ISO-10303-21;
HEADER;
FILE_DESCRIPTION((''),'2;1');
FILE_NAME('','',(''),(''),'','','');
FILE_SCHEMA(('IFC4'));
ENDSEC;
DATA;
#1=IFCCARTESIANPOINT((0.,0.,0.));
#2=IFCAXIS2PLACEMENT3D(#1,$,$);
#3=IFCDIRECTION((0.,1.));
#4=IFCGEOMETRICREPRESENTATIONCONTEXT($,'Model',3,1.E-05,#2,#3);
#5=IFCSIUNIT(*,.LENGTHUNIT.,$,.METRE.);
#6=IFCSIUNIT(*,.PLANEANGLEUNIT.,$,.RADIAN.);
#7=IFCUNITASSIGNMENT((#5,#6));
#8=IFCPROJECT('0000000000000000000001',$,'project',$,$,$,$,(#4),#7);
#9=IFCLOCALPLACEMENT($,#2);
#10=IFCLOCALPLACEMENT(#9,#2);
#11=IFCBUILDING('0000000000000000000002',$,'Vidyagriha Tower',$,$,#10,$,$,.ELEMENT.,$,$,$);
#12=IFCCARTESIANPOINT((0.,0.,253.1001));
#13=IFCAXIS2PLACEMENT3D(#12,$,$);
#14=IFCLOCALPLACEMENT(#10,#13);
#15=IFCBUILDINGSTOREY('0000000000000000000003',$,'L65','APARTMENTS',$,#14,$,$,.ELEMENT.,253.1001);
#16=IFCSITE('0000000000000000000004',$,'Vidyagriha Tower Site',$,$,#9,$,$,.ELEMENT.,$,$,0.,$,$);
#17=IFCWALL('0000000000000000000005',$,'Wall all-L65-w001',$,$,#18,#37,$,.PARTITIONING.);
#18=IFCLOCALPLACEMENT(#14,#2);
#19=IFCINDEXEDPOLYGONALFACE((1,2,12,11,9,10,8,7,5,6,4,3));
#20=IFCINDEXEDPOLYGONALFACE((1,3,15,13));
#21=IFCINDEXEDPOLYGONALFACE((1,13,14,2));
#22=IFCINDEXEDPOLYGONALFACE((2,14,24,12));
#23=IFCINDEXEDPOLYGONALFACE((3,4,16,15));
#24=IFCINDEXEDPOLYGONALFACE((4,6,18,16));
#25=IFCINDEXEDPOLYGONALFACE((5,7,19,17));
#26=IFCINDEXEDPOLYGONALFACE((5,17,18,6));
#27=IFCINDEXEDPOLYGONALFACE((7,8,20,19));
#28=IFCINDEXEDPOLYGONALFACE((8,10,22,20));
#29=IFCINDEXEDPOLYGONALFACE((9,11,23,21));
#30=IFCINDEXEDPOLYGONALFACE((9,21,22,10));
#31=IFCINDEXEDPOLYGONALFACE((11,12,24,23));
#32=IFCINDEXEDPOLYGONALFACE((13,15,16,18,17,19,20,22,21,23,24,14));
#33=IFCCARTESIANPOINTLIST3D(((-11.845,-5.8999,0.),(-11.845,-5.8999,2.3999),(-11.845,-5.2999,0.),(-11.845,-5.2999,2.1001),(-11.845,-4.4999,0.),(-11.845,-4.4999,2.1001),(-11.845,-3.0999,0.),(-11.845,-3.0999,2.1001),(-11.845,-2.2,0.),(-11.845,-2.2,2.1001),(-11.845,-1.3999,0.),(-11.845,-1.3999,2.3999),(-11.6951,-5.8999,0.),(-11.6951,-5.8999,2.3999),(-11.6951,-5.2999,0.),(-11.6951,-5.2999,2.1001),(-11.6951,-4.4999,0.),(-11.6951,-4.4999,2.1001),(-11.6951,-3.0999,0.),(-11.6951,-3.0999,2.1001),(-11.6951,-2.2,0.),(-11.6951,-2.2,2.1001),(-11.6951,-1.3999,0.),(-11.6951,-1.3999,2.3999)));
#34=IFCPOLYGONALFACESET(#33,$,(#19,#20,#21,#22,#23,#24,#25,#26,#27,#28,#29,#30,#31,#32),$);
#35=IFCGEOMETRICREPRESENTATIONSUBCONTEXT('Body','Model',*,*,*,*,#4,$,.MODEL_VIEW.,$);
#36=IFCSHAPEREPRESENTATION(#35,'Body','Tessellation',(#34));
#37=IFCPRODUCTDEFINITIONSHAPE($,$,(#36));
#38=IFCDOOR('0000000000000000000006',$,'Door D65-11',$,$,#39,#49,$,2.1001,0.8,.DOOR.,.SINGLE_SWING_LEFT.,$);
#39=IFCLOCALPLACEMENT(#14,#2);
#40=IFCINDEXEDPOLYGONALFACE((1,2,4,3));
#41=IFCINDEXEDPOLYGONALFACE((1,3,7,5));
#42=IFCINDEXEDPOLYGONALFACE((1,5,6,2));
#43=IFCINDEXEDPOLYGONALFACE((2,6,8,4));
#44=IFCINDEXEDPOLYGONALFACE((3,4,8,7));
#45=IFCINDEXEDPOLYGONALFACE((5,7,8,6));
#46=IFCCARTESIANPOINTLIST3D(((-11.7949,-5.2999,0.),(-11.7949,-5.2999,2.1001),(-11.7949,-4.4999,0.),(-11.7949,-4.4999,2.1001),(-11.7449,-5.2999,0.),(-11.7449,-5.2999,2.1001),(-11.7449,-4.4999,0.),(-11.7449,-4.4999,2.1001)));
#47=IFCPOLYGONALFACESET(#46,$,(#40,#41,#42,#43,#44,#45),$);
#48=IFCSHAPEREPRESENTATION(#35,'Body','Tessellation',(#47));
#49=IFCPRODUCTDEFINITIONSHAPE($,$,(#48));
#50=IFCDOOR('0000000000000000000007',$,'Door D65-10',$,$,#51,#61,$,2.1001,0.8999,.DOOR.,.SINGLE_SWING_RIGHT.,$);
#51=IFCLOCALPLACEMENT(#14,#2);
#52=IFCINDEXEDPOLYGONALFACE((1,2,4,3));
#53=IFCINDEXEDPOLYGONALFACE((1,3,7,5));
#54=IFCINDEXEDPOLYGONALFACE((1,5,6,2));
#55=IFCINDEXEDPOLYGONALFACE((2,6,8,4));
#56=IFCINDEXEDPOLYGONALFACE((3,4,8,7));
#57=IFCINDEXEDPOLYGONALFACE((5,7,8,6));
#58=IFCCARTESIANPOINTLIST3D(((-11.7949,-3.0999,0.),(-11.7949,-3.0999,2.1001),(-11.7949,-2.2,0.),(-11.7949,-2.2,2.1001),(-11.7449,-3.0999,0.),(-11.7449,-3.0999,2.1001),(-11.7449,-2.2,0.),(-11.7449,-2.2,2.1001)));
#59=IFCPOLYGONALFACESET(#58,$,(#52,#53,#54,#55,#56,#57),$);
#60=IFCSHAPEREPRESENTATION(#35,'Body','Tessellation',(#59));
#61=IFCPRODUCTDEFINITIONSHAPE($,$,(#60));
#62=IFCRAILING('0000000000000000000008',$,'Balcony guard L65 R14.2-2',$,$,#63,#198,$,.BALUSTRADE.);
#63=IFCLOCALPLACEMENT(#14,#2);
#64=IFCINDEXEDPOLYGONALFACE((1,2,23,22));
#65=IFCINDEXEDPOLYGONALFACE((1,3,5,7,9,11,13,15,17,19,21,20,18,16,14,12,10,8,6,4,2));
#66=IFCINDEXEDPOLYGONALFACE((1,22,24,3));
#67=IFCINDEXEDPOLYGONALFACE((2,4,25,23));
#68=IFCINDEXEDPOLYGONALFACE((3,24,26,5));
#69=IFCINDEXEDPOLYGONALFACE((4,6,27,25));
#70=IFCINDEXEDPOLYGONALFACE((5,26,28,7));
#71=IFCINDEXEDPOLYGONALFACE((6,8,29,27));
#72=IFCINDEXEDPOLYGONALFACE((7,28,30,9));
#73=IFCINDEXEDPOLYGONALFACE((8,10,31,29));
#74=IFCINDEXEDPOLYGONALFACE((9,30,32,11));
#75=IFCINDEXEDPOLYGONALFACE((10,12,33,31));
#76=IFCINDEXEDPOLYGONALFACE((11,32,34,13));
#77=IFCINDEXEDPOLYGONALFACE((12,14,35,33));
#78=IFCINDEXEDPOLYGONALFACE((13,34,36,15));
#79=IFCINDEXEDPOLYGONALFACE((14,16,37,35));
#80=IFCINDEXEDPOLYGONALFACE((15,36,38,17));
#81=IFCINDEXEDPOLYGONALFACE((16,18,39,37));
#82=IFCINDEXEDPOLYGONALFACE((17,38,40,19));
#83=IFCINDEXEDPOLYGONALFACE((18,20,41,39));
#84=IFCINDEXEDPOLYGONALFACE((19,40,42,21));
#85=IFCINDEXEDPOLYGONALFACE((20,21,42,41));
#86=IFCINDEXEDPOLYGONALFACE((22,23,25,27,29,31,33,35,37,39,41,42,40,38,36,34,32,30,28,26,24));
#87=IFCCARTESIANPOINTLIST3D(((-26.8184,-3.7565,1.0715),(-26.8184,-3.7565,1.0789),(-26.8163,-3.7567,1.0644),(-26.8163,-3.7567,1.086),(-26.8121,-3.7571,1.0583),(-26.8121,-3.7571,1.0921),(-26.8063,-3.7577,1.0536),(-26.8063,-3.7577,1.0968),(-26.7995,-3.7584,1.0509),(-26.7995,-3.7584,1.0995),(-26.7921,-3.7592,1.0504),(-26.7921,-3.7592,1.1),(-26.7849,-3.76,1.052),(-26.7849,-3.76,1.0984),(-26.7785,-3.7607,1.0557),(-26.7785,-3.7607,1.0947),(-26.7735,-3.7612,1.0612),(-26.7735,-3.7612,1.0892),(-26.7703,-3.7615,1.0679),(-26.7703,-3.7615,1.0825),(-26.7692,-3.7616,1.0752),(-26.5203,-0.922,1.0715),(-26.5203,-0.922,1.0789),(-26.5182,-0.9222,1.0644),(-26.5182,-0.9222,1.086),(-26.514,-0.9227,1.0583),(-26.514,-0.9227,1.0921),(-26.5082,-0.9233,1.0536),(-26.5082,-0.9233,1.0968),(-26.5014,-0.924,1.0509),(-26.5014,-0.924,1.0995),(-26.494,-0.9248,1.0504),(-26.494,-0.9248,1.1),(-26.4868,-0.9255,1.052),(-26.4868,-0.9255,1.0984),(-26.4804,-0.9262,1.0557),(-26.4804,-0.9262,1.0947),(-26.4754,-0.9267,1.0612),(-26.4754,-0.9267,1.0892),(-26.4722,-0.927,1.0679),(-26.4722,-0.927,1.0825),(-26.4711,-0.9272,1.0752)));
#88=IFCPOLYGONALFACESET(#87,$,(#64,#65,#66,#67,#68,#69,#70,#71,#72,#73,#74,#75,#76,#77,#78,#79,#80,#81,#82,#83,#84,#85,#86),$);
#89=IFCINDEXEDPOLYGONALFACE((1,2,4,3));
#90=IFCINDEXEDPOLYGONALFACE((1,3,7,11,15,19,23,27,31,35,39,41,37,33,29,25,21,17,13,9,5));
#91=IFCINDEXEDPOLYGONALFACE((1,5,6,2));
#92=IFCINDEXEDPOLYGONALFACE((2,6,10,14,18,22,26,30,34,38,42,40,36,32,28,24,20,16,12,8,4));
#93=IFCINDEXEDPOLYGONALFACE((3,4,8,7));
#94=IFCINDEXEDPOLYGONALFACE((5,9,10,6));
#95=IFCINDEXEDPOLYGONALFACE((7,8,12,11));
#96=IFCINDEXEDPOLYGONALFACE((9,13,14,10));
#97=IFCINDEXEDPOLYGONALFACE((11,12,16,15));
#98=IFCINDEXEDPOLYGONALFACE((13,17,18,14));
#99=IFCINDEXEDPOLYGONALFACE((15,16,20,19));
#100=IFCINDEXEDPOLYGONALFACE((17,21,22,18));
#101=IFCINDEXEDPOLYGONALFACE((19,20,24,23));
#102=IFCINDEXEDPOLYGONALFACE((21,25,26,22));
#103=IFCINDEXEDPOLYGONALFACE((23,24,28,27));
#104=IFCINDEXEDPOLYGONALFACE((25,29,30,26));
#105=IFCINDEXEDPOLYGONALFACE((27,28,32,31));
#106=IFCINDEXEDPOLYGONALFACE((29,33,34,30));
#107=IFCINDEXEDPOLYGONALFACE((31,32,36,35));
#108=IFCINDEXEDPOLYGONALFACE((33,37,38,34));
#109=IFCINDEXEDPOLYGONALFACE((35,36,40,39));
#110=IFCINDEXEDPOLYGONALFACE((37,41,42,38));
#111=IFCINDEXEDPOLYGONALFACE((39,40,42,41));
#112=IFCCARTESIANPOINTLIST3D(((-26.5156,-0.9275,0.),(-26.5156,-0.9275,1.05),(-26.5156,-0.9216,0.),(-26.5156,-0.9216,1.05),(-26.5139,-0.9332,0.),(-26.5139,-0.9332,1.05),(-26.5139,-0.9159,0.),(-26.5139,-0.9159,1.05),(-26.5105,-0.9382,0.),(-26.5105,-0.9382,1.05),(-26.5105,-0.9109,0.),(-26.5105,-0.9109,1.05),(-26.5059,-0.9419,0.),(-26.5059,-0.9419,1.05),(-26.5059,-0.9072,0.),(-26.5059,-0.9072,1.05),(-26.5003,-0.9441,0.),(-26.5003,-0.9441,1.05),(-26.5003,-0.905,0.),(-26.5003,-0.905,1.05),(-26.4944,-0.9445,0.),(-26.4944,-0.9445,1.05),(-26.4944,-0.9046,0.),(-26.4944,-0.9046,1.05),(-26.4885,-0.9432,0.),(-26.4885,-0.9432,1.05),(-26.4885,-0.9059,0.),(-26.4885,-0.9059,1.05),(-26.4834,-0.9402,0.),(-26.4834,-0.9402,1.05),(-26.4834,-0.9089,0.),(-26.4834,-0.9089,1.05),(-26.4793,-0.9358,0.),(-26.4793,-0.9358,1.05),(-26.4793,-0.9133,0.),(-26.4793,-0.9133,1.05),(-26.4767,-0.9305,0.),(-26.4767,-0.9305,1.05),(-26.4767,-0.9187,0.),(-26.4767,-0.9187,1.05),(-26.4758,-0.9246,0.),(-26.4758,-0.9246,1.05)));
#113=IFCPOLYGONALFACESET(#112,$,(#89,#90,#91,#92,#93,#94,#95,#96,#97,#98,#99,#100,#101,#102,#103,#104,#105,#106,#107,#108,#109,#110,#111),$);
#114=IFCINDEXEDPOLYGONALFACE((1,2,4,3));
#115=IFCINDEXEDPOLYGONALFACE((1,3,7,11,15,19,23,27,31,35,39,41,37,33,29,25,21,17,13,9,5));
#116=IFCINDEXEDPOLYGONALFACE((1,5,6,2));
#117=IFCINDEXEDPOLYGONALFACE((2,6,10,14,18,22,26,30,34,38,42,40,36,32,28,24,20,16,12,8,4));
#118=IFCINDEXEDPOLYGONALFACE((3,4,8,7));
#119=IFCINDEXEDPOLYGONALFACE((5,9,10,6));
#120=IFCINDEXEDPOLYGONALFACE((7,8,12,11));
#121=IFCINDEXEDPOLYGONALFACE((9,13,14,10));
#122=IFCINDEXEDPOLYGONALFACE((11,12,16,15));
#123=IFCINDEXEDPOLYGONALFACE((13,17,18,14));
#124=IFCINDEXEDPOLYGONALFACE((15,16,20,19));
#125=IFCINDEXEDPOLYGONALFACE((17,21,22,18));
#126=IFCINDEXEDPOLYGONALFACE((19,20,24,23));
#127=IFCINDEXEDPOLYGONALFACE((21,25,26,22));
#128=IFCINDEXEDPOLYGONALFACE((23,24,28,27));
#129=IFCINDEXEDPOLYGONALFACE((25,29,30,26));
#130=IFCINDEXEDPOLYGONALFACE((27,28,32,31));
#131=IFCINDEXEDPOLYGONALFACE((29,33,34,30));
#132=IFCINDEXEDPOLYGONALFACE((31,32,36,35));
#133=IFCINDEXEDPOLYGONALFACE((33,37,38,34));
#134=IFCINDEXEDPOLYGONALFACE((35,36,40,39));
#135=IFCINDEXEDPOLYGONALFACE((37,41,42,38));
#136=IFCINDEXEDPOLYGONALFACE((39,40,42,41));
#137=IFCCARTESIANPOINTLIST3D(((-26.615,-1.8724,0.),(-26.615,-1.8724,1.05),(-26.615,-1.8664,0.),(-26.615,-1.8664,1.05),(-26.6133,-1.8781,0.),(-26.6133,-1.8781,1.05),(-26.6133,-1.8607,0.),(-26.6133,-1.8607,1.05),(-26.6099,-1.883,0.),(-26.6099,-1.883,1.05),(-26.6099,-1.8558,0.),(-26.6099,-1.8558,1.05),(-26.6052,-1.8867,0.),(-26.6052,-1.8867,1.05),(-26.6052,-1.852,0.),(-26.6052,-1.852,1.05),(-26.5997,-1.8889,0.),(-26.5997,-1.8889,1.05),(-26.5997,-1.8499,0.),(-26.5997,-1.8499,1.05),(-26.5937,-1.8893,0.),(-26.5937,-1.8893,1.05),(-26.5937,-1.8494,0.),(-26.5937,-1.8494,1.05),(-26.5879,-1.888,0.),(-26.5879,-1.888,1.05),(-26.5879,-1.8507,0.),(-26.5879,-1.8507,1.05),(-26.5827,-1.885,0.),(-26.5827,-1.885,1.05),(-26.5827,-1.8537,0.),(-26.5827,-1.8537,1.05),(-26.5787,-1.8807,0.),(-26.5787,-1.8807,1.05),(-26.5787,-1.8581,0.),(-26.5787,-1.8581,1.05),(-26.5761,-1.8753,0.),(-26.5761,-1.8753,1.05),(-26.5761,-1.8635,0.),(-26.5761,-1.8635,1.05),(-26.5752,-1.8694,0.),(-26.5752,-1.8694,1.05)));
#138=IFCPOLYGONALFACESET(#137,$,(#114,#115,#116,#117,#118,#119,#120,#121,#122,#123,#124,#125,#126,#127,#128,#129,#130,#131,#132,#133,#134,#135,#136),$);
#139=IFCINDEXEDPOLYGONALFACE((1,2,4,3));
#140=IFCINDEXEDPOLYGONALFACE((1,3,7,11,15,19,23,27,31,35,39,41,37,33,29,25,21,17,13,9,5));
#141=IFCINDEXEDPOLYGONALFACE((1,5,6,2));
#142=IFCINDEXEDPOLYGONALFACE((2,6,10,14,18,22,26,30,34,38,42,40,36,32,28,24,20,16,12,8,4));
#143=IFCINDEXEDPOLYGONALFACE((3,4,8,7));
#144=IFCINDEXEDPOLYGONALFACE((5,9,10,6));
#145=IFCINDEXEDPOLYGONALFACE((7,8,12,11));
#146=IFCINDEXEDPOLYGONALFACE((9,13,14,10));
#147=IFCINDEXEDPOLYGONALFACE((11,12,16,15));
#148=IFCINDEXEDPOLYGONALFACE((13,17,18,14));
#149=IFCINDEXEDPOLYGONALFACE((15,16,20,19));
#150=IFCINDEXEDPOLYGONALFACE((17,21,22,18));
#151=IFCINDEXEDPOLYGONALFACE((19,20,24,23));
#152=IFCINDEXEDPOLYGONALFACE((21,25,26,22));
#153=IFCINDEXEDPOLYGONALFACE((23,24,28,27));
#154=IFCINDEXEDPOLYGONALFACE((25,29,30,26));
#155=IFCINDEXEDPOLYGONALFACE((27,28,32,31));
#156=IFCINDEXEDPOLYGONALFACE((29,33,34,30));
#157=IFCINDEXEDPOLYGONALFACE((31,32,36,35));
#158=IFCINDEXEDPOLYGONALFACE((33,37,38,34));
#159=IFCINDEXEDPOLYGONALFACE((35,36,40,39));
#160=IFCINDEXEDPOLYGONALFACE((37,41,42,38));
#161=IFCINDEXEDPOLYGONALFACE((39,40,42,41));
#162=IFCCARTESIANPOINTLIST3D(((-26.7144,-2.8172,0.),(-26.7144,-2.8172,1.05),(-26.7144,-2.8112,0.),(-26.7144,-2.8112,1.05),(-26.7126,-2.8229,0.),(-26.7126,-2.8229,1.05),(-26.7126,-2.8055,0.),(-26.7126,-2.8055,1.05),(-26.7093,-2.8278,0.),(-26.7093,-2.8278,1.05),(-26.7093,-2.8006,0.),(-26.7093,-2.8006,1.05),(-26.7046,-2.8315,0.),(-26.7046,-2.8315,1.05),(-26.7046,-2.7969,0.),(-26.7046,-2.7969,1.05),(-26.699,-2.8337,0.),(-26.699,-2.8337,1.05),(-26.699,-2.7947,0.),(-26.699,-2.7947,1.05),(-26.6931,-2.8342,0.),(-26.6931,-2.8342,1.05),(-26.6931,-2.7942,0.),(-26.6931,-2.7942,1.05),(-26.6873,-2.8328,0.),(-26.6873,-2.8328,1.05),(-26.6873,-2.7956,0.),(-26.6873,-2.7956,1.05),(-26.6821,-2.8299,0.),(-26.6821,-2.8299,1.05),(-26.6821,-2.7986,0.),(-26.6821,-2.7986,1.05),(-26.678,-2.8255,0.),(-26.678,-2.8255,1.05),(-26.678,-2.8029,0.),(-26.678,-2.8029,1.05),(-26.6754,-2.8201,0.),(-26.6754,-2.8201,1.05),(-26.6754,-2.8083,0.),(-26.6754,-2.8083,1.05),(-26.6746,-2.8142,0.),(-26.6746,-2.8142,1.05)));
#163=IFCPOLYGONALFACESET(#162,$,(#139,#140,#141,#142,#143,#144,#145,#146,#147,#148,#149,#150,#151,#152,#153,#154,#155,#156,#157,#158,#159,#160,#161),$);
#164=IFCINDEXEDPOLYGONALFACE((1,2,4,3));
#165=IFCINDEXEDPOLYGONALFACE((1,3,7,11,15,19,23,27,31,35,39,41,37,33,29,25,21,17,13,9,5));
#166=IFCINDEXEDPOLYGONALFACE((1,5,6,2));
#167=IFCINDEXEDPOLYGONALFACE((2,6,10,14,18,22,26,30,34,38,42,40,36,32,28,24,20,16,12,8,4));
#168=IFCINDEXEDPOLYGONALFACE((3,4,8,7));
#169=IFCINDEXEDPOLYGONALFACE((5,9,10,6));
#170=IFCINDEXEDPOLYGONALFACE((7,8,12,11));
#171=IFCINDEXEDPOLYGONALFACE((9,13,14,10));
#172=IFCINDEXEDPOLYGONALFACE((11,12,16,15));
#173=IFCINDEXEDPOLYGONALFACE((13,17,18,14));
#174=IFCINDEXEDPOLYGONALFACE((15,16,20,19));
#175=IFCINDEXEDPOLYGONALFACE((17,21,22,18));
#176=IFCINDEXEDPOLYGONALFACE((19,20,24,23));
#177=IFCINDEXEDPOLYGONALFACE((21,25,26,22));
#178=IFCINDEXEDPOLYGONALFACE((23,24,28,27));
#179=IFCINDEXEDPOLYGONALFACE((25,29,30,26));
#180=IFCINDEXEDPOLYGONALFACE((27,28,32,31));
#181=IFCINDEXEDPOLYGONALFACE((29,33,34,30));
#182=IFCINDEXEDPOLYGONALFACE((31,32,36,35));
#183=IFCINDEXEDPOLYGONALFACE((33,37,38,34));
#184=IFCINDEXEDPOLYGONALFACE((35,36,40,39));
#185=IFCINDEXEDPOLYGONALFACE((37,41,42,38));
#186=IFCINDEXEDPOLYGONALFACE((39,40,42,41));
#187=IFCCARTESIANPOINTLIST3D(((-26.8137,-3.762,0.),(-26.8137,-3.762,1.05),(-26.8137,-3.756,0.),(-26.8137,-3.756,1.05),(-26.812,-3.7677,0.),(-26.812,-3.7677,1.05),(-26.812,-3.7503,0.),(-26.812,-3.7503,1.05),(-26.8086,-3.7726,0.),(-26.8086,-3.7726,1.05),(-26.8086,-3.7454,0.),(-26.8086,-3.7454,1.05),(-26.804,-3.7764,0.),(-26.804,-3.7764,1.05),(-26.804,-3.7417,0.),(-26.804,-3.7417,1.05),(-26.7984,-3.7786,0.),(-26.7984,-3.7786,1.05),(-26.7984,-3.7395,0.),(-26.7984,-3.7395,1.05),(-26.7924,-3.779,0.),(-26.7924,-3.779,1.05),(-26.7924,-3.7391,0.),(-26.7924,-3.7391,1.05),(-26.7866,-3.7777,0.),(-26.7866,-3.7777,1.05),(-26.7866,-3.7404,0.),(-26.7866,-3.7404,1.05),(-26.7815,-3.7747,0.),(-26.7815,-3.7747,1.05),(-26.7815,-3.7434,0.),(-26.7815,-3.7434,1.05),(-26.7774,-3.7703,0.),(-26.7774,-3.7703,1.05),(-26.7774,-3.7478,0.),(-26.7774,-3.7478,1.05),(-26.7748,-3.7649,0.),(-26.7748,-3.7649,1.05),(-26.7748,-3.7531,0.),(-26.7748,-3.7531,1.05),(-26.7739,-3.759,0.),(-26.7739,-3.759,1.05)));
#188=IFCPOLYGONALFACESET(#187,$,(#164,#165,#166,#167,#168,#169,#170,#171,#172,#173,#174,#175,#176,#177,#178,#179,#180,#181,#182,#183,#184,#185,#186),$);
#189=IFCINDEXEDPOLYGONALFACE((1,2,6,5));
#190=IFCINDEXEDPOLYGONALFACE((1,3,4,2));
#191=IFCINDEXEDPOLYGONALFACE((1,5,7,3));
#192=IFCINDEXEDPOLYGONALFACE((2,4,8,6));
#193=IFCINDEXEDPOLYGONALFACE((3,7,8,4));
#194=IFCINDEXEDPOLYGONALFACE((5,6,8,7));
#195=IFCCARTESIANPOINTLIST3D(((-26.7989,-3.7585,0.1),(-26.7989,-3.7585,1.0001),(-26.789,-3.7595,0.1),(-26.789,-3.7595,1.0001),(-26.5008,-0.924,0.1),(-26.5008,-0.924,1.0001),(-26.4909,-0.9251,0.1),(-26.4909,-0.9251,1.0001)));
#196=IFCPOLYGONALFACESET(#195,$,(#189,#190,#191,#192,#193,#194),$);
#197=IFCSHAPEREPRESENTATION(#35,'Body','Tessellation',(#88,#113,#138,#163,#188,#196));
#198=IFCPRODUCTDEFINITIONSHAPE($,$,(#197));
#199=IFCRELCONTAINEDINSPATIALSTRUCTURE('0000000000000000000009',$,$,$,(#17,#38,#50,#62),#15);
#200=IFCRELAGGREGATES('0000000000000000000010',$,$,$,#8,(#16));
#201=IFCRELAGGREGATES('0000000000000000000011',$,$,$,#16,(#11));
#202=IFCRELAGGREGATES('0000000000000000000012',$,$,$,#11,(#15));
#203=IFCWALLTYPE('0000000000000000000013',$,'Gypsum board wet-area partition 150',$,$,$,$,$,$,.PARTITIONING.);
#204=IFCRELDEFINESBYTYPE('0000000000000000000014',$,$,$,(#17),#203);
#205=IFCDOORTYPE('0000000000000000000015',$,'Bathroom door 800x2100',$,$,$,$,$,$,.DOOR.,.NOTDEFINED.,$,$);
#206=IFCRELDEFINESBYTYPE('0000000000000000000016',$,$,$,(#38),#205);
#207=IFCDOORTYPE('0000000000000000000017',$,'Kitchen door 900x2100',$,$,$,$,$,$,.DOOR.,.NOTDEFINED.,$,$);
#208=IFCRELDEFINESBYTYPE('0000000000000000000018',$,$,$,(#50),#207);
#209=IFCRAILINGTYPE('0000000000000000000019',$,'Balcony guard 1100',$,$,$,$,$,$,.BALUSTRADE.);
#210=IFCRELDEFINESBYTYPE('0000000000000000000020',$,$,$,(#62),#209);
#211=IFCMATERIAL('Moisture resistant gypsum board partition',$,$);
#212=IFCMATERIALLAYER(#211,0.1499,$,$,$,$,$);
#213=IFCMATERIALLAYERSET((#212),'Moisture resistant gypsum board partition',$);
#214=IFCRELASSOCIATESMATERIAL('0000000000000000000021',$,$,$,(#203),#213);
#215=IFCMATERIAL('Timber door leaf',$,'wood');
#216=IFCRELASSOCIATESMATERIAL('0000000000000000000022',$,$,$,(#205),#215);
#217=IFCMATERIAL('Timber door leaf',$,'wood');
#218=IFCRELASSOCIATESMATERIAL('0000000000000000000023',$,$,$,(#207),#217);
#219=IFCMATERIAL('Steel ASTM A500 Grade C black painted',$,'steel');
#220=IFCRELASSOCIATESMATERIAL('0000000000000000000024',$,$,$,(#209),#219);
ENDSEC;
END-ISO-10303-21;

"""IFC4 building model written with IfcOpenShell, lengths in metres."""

from ifc_helpers import new_model, si_unit, direction, frame, frame_2d, origin, origin_2d, place, context, subcontext, project, spatial, rectangle, circle, extrude, material, layer, layer_set, type_object, element, fill, save


model = new_model("IFC4")

# Units and contexts
model_context = context("Model", 3, precision=1e-05, world=origin(), true_north=direction((0.0, 1.0)))
body_context = subcontext(model_context, "Body", "Model", "MODEL_VIEW")
ifc_project = project(units=[si_unit("LENGTHUNIT", "METRE"), si_unit("PLANEANGLEUNIT", "RADIAN")], contexts=[model_context])

# Site, building, storey
site_placement = place(None, origin())
site = spatial("IfcSite", under=ifc_project, at=site_placement, Name="Vidyagriha Tower Site", CompositionType="ELEMENT", RefElevation=0.0)
building_placement = place(site_placement, origin())
building = spatial("IfcBuilding", under=site, at=building_placement, Name="Vidyagriha Tower", CompositionType="ELEMENT")
storey_placement = place(building_placement, frame((0.0, 0.0, 253.1001)))
storey = spatial("IfcBuildingStorey", under=building, at=storey_placement, Name="L65", Description="APARTMENTS", CompositionType="ELEMENT", Elevation=253.1001)

# Wall, openings, doors
ifc_material_1 = material(Name="Moisture resistant gypsum board partition")
ifc_layer_1 = layer(ifc_material_1, 0.1499)
ifc_layer_set_1 = layer_set([ifc_layer_1], Name="Moisture resistant gypsum board partition")
wall_type_1 = type_object("IfcWallType", Name="Gypsum board wet-area partition 150", PredefinedType="PARTITIONING", material=ifc_layer_set_1)
wall_1_placement = place(storey_placement, frame((-11.77, -5.8999, 0.0), z_axis=(0.0, 0.0, 1.0), x_axis=(0.0, 1.0, 0.0)))
wall_1 = element("IfcWall", 1, at=wall_1_placement, inside=storey, type_object=wall_type_1, Name="Wall all-L65-w001", PredefinedType="PARTITIONING", context=body_context, shape_type="SweptSolid", body=[
    extrude(rectangle(XDim=4.5, YDim=0.1499, at=frame_2d((2.25, 0.0))), origin(), (0.0, 0.0, 1.0), 2.3999),
])
opening_1_placement = place(wall_1_placement, frame((2.8, 0.0, 0.0)))
opening_1 = element("IfcOpeningElement", 2, at=opening_1_placement, cuts=wall_1, PredefinedType="OPENING", context=body_context, shape_type="SweptSolid", body=[
    extrude(rectangle(XDim=0.8999, YDim=2.1001, at=frame_2d((0.45, 1.05))), frame((0.0, 0.085, 0.0), z_axis=(0.0, -1.0, 0.0), x_axis=(1.0, 0.0, 0.0)), (0.0, 0.0, 1.0), 0.1699),
])
opening_2_placement = place(wall_1_placement, frame((0.6001, 0.0, 0.0)))
opening_2 = element("IfcOpeningElement", 3, at=opening_2_placement, cuts=wall_1, PredefinedType="OPENING", context=body_context, shape_type="SweptSolid", body=[
    extrude(rectangle(XDim=0.8, YDim=2.1001, at=frame_2d((0.3999, 1.05))), frame((0.0, 0.085, 0.0), z_axis=(0.0, -1.0, 0.0), x_axis=(1.0, 0.0, 0.0)), (0.0, 0.0, 1.0), 0.1699),
])
ifc_material_2 = material(Name="Timber door leaf", Category="wood")
door_type_1 = type_object("IfcDoorType", Name="Bathroom door 800x2100", OperationType="NOTDEFINED", PredefinedType="DOOR", material=ifc_material_2)
door_1_placement = place(opening_2_placement, origin())
door_1 = element("IfcDoor", 4, at=door_1_placement, inside=storey, type_object=door_type_1, Name="Door D65-11", OperationType="SINGLE_SWING_LEFT", OverallHeight=2.1001, OverallWidth=0.8, PredefinedType="DOOR", context=body_context, shape_type="SweptSolid", body=[
    extrude(rectangle(XDim=0.8, YDim=2.1001, at=frame_2d((0.3999, 1.05))), frame((0.0, 0.0249, 0.0), z_axis=(0.0, -1.0, 0.0), x_axis=(1.0, 0.0, 0.0)), (0.0, 0.0, 1.0), 0.05),
])
fill(opening_2, door_1)
ifc_material_3 = material(Name="Timber door leaf", Category="wood")
door_type_2 = type_object("IfcDoorType", Name="Kitchen door 900x2100", OperationType="NOTDEFINED", PredefinedType="DOOR", material=ifc_material_3)
door_2_placement = place(opening_1_placement, origin())
door_2 = element("IfcDoor", 5, at=door_2_placement, inside=storey, type_object=door_type_2, Name="Door D65-10", OperationType="SINGLE_SWING_RIGHT", OverallHeight=2.1001, OverallWidth=0.8999, PredefinedType="DOOR", context=body_context, shape_type="SweptSolid", body=[
    extrude(rectangle(XDim=0.8999, YDim=2.1001, at=frame_2d((0.45, 1.05))), frame((0.0, 0.0249, 0.0), z_axis=(0.0, -1.0, 0.0), x_axis=(1.0, 0.0, 0.0)), (0.0, 0.0, 1.0), 0.05),
])
fill(opening_1, door_2)

# Railing
ifc_material_4 = material(Name="Steel ASTM A500 Grade C black painted", Category="steel")
railing_type_1 = type_object("IfcRailingType", Name="Balcony guard 1100", PredefinedType="BALUSTRADE", material=ifc_material_4)
railing_1_placement = place(storey_placement, frame((-26.4958, -0.9246, 0.0)))
element("IfcRailing", 6, at=railing_1_placement, inside=storey, type_object=railing_type_1, Name="Balcony guard L65 R14.2-2", PredefinedType="BALUSTRADE", context=body_context, shape_type="SweptSolid", body=[
    extrude(circle(Radius=0.0249, at=origin_2d()), frame((0.0, 0.0, 1.0752), z_axis=(-0.104591, -0.994515, 0.0), x_axis=(0.994515, -0.104591, 0.0)), (0.0, 0.0, 1.0), 2.8501),
    extrude(circle(Radius=0.02, at=origin_2d()), origin(), (0.0, 0.0, 1.0), 1.05),
    extrude(circle(Radius=0.02, at=origin_2d()), frame((-0.0994, -0.9448, 0.0)), (0.0, 0.0, 1.0), 1.05),
    extrude(circle(Radius=0.02, at=origin_2d()), frame((-0.1987, -1.8896, 0.0)), (0.0, 0.0, 1.0), 1.05),
    extrude(circle(Radius=0.02, at=origin_2d()), frame((-0.2981, -2.8345, 0.0)), (0.0, 0.0, 1.0), 1.05),
    extrude(rectangle(XDim=0.01, YDim=0.9001, at=origin_2d()), frame((0.0, 0.0, 0.55), z_axis=(-0.104591, -0.994515, 0.0), x_axis=(0.994515, -0.104591, 0.0)), (0.0, 0.0, 1.0), 2.8501),
])

save(model, "model.ifc")
